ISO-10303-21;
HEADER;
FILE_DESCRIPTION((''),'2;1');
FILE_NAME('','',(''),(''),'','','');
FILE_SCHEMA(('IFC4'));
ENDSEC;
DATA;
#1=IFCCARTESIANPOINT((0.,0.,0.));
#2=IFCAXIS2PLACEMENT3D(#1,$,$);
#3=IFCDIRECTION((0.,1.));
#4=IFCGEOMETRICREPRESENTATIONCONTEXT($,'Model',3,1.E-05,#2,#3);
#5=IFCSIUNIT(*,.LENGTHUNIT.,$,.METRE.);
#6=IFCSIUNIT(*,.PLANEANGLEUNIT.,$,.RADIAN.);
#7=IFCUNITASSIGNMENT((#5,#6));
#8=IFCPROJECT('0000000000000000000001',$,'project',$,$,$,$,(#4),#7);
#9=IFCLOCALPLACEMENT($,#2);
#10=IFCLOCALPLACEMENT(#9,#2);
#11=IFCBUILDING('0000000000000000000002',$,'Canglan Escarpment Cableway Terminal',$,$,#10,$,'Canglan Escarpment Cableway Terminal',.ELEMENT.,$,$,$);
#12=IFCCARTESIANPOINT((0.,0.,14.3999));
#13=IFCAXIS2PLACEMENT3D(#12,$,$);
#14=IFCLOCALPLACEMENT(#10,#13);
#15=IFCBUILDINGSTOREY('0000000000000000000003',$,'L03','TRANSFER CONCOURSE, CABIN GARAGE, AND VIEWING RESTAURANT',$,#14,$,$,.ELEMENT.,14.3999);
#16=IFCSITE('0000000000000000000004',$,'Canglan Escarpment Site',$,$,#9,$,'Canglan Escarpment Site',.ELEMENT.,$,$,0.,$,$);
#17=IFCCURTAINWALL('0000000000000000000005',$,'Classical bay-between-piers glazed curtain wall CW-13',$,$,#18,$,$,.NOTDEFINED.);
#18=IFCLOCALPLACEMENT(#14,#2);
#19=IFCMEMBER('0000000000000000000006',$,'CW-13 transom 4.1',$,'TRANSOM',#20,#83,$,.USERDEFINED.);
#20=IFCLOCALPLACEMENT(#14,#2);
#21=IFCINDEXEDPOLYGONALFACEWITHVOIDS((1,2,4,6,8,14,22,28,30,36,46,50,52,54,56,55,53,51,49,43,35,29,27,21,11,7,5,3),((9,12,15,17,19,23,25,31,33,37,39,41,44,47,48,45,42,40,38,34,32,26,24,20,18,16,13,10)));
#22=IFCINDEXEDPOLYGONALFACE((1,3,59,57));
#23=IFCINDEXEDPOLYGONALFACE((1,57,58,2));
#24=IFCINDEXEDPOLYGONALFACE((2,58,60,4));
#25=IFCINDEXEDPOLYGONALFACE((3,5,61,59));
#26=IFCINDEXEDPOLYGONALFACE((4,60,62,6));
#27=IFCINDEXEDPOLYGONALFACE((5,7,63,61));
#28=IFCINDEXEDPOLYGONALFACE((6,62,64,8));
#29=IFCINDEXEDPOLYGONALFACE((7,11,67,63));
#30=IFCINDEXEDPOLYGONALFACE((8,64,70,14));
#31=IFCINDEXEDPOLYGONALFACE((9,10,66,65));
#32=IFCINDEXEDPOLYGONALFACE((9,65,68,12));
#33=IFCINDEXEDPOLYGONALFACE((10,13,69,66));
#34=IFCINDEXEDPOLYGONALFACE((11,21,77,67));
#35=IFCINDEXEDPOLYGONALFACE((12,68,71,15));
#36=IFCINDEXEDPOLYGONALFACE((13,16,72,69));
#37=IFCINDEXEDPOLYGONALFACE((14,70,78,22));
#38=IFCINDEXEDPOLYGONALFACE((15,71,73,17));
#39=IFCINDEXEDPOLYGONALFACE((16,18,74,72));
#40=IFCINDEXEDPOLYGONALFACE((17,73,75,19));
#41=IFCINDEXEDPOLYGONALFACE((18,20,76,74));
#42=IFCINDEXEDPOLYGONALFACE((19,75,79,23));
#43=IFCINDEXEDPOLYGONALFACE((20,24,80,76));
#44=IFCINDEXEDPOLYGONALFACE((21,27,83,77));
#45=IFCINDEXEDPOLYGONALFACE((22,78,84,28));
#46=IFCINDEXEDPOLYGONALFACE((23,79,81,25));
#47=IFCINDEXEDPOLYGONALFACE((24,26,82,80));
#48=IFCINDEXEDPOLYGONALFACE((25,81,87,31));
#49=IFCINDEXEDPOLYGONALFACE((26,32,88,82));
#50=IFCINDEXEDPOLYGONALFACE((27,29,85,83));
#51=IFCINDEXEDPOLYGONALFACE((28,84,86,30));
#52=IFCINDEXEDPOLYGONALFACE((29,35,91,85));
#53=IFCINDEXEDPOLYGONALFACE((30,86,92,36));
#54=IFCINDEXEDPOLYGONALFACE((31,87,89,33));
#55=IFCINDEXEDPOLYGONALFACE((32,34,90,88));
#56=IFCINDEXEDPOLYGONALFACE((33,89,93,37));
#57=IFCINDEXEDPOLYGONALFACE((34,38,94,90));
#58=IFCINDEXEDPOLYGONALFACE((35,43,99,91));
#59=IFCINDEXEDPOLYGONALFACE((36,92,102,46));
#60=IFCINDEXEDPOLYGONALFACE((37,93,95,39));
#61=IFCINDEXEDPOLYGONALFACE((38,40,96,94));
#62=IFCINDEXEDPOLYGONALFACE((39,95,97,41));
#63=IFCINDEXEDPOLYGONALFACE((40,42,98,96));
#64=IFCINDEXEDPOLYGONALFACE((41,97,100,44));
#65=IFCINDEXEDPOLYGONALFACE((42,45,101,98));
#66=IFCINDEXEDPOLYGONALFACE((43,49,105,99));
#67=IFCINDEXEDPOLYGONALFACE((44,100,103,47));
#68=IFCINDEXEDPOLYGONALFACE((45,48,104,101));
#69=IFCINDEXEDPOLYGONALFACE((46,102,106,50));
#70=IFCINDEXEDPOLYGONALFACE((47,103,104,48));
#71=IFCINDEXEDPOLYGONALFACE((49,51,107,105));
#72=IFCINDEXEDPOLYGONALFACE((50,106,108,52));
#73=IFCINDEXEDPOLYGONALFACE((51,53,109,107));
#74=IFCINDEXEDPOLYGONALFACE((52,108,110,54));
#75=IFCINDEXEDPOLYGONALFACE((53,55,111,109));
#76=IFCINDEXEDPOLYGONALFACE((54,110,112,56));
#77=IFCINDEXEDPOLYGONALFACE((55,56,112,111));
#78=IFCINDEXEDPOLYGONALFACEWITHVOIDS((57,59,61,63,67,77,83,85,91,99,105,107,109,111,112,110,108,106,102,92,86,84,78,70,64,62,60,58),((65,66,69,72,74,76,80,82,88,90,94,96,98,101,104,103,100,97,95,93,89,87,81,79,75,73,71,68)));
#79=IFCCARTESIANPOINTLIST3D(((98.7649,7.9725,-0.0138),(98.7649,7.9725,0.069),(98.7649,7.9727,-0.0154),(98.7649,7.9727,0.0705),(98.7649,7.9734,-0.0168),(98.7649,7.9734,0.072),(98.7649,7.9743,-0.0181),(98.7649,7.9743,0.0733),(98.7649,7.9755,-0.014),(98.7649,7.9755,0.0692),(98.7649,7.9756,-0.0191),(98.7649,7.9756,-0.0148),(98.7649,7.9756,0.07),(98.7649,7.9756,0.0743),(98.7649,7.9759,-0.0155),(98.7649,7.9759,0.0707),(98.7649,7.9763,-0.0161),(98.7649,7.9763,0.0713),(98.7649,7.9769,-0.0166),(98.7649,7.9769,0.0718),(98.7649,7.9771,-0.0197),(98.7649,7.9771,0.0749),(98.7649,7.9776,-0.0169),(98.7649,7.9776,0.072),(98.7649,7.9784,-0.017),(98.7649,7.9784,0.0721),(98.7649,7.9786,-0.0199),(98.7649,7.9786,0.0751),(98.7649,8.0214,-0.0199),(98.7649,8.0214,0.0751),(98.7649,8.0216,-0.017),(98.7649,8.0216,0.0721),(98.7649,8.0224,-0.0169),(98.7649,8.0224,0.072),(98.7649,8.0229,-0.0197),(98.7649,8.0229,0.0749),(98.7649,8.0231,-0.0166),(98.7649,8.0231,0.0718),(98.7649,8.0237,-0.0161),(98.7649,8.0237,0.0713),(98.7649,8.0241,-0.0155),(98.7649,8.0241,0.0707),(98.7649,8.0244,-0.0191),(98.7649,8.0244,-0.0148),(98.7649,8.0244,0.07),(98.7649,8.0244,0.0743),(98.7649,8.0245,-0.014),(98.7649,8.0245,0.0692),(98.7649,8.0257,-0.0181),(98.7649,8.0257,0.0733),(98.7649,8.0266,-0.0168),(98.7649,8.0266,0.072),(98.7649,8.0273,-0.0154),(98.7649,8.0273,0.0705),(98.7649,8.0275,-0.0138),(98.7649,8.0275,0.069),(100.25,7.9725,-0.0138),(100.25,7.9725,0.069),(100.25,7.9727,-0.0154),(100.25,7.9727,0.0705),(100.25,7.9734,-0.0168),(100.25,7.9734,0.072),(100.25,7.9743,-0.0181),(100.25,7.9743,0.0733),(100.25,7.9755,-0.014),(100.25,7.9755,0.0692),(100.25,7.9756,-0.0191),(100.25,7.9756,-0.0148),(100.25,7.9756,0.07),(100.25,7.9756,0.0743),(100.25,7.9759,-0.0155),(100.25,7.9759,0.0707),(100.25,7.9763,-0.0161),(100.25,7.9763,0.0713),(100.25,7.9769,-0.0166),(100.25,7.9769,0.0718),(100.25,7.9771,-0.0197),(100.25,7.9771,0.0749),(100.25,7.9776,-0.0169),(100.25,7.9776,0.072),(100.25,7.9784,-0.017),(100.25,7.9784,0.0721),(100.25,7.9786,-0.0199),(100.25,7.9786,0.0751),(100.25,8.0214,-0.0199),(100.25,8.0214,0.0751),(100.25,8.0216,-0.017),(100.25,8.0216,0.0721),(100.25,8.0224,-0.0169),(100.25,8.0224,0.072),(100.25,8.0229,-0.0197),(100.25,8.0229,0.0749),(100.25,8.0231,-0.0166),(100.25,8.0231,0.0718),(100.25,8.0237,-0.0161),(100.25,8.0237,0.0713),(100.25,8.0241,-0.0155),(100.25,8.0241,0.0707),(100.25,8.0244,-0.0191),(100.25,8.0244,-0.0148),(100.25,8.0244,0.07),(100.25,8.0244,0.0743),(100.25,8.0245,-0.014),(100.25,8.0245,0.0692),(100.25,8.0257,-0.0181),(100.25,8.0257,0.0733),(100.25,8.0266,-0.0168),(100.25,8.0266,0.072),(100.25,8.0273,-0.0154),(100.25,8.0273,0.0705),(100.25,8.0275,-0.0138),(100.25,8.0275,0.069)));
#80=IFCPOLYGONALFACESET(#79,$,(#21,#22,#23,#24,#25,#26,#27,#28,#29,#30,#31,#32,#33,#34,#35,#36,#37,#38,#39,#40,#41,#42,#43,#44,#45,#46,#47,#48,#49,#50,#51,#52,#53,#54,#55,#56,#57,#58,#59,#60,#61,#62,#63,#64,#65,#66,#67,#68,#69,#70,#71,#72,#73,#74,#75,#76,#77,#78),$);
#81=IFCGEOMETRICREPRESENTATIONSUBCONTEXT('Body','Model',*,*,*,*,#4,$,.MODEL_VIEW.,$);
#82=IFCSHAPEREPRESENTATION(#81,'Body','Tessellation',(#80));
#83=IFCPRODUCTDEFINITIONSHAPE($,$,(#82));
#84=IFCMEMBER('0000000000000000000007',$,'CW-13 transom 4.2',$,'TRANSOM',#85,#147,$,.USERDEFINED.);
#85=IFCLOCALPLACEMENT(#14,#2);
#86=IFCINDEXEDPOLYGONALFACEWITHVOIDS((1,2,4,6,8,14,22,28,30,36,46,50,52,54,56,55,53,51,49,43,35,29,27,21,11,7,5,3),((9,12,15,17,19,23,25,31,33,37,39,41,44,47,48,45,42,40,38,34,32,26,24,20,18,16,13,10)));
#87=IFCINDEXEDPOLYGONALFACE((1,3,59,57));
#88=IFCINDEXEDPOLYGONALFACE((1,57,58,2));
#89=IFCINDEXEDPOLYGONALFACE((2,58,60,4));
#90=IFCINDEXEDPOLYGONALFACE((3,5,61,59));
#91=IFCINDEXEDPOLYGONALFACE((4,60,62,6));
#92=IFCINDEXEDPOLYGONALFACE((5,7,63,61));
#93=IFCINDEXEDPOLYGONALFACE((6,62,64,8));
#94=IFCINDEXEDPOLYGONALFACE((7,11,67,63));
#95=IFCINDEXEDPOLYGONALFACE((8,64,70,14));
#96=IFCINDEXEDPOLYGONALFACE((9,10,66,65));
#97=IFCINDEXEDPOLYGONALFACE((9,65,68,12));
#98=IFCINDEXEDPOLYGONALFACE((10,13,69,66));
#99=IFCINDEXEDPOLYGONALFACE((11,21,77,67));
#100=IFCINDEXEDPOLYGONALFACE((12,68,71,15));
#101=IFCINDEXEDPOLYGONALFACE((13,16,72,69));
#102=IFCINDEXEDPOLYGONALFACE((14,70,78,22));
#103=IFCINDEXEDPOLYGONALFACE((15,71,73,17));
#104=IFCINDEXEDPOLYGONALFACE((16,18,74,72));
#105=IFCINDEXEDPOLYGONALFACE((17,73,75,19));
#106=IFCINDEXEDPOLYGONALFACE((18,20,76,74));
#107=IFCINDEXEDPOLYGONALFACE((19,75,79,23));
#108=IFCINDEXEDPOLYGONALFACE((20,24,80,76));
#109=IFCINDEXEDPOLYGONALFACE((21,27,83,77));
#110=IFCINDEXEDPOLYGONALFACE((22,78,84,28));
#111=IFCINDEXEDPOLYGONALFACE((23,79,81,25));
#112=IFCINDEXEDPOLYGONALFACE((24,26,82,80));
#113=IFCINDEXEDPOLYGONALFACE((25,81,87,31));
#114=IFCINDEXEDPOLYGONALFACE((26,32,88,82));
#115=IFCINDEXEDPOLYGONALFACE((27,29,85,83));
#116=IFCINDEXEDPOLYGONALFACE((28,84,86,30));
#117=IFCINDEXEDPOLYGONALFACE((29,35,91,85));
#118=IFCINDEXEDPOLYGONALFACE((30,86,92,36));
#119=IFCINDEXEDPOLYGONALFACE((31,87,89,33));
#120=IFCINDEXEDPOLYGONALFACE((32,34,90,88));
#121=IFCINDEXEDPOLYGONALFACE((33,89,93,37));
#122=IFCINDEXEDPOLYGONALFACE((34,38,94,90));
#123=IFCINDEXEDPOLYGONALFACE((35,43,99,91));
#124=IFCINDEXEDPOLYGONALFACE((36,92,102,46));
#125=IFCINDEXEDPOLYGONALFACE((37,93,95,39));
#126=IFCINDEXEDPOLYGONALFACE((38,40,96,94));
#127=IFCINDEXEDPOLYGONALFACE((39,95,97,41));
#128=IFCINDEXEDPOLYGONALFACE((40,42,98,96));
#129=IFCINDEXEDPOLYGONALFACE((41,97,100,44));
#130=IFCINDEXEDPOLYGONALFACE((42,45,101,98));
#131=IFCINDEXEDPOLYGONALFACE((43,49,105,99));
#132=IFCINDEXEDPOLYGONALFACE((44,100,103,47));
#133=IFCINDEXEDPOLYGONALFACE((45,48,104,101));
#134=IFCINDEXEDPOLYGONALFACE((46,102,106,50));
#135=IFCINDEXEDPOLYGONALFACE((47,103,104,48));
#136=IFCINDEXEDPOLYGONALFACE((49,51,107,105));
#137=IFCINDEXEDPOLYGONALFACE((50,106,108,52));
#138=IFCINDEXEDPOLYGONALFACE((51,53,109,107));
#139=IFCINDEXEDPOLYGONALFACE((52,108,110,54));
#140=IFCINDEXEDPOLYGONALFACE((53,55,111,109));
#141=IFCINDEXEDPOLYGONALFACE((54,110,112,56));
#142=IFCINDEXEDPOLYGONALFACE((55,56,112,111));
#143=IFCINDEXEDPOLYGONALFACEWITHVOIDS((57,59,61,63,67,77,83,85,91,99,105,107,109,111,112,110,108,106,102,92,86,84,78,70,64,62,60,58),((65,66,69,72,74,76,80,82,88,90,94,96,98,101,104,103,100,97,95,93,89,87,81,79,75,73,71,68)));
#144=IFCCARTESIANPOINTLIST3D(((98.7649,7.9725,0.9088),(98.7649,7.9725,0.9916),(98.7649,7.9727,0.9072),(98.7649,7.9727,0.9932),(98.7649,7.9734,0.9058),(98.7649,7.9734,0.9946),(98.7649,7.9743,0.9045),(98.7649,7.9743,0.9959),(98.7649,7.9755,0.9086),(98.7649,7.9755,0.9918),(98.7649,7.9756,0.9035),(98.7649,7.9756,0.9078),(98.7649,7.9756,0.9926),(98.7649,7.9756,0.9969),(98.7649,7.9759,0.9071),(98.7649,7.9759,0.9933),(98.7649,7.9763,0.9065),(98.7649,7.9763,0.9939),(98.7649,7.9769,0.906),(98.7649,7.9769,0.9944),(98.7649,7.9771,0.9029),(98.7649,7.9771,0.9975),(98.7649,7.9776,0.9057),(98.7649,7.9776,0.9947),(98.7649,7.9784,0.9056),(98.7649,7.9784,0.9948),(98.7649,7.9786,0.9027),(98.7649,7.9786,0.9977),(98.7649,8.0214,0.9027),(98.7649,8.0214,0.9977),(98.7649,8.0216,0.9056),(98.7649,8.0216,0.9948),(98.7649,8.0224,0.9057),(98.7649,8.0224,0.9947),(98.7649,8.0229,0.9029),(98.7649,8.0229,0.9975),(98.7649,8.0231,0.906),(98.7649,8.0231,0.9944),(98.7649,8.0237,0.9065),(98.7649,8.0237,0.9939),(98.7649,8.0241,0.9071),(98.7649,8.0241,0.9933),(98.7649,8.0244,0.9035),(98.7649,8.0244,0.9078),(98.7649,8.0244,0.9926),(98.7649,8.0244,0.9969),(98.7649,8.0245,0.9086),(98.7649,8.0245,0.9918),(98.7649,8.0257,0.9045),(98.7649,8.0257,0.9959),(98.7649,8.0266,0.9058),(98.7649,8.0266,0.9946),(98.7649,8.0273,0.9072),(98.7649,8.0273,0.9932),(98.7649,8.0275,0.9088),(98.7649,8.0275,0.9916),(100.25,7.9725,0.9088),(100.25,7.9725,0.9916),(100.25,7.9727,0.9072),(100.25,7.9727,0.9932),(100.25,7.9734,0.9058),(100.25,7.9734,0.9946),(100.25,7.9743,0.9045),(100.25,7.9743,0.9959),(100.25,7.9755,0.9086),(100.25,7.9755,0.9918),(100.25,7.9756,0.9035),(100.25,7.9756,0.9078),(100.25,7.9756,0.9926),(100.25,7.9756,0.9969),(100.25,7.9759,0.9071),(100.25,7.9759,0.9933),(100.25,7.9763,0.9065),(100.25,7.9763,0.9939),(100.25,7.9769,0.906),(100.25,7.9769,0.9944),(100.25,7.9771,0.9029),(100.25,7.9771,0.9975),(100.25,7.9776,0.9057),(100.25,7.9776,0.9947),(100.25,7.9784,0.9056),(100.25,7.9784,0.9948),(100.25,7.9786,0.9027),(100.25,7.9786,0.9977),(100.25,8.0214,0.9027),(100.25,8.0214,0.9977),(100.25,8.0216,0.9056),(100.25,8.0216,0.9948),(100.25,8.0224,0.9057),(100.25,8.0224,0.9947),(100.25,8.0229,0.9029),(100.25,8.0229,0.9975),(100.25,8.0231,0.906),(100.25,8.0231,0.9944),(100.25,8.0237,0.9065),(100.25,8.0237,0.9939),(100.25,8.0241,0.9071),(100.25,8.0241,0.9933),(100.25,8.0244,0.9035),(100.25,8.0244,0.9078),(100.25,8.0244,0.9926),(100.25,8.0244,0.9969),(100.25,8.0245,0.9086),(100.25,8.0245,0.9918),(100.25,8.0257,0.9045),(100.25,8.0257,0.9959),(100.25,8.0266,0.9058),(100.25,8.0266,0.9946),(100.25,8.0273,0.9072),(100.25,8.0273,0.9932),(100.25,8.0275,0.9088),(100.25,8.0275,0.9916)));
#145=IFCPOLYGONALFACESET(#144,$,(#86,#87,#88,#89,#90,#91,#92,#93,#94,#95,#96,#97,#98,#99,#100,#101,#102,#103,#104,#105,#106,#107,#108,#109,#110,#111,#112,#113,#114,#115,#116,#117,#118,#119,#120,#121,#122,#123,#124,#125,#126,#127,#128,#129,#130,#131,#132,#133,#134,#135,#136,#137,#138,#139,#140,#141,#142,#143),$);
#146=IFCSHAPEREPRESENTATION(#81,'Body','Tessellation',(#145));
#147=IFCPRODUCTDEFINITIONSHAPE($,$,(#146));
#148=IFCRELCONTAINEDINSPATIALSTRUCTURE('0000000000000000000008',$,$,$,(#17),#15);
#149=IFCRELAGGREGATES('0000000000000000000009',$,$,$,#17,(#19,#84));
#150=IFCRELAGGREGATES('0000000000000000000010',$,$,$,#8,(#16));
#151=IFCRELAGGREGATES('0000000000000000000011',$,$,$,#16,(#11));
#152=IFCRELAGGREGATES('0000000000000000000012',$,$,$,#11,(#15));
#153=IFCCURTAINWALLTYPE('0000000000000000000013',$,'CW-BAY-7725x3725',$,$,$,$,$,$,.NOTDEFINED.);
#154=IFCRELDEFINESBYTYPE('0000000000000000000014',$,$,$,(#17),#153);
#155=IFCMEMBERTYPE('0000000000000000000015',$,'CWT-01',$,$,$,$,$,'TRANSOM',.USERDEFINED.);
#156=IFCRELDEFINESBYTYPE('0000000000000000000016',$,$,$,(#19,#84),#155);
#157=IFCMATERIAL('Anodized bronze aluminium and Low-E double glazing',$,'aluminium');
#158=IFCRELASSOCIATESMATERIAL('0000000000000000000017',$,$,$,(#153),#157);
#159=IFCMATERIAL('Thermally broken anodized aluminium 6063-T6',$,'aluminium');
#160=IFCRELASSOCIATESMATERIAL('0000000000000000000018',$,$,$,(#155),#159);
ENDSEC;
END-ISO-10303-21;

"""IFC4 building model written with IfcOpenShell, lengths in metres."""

from ifc_helpers import new_model, si_unit, direction, frame, origin, origin_2d, place, context, subcontext, project, spatial, hollow_rectangle, extrude, material, material_profile, profile_set, type_object, element, aggregate, save


model = new_model("IFC4")

# Units and contexts
model_context = context("Model", 3, precision=1e-05, world=origin(), true_north=direction((0.0, 1.0)))
body_context = subcontext(model_context, "Body", "Model", "MODEL_VIEW")
ifc_project = project(units=[si_unit("LENGTHUNIT", "METRE"), si_unit("PLANEANGLEUNIT", "RADIAN")], contexts=[model_context])

# Site, building, storey
site_placement = place(None, origin())
site = spatial("IfcSite", under=ifc_project, at=site_placement, Name="Canglan Escarpment Site", LongName="Canglan Escarpment Site", CompositionType="ELEMENT", RefElevation=0.0)
building_placement = place(site_placement, origin())
building = spatial("IfcBuilding", under=site, at=building_placement, Name="Canglan Escarpment Cableway Terminal", LongName="Canglan Escarpment Cableway Terminal", CompositionType="ELEMENT")
storey_placement = place(building_placement, frame((0.0, 0.0, 14.3999)))
storey = spatial("IfcBuildingStorey", under=building, at=storey_placement, Name="L03", Description="TRANSFER CONCOURSE, CABIN GARAGE, AND VIEWING RESTAURANT", CompositionType="ELEMENT", Elevation=14.3999)

# Curtain wall, members
ifc_material_1 = material(Name="Anodized bronze aluminium and Low-E double glazing", Category="aluminium")
curtain_wall_type = type_object("IfcCurtainWallType", Name="CW-BAY-7725x3725", PredefinedType="NOTDEFINED", material=ifc_material_1)
curtain_wall_placement = place(storey_placement, origin())
curtain_wall = element("IfcCurtainWall", 1, at=curtain_wall_placement, inside=storey, type_object=curtain_wall_type, Name="Classical bay-between-piers glazed curtain wall CW-13", PredefinedType="NOTDEFINED")
ifc_material_2 = material(Name="Thermally broken anodized aluminium 6063-T6", Category="aluminium")
ifc_material_profile_1 = material_profile(ifc_material_2, hollow_rectangle(XDim=0.0549, YDim=0.095, WallThickness=0.0029, InnerFilletRadius=0.0029, OuterFilletRadius=0.0061, at=origin_2d()), Name="ALU-TRAN 55x95x3")
ifc_profile_set_1 = profile_set([ifc_material_profile_1], Name="Thermally broken anodized aluminium 6063-T6")
member_type_1 = type_object("IfcMemberType", Name="CWT-01", ElementType="TRANSOM", PredefinedType="USERDEFINED", material=ifc_profile_set_1)
member_1_placement = place(storey_placement, frame((98.7649, 8.0, 0.0276), z_axis=(1.0, 0.0, 0.0), x_axis=(0.0, 1.0, 0.0)))
member_1 = element("IfcMember", 2, at=member_1_placement, type_object=member_type_1, Name="CW-13 transom 4.1", ObjectType="TRANSOM", PredefinedType="USERDEFINED", context=body_context, shape_type="SweptSolid", body=[
    extrude(hollow_rectangle(XDim=0.0549, YDim=0.095, WallThickness=0.0029, InnerFilletRadius=0.0029, OuterFilletRadius=0.0061, at=origin_2d()), origin(), (0.0, 0.0, 1.0), 1.4851),
])
member_2_placement = place(storey_placement, frame((98.7649, 8.0, 0.9502), z_axis=(1.0, 0.0, 0.0), x_axis=(0.0, 1.0, 0.0)))
member_2 = element("IfcMember", 3, at=member_2_placement, type_object=member_type_1, Name="CW-13 transom 4.2", ObjectType="TRANSOM", PredefinedType="USERDEFINED", context=body_context, shape_type="SweptSolid", body=[
    extrude(hollow_rectangle(XDim=0.0549, YDim=0.095, WallThickness=0.0029, InnerFilletRadius=0.0029, OuterFilletRadius=0.0061, at=origin_2d()), origin(), (0.0, 0.0, 1.0), 1.4851),
])
aggregate(curtain_wall, [member_1, member_2])

save(model, "model.ifc")
